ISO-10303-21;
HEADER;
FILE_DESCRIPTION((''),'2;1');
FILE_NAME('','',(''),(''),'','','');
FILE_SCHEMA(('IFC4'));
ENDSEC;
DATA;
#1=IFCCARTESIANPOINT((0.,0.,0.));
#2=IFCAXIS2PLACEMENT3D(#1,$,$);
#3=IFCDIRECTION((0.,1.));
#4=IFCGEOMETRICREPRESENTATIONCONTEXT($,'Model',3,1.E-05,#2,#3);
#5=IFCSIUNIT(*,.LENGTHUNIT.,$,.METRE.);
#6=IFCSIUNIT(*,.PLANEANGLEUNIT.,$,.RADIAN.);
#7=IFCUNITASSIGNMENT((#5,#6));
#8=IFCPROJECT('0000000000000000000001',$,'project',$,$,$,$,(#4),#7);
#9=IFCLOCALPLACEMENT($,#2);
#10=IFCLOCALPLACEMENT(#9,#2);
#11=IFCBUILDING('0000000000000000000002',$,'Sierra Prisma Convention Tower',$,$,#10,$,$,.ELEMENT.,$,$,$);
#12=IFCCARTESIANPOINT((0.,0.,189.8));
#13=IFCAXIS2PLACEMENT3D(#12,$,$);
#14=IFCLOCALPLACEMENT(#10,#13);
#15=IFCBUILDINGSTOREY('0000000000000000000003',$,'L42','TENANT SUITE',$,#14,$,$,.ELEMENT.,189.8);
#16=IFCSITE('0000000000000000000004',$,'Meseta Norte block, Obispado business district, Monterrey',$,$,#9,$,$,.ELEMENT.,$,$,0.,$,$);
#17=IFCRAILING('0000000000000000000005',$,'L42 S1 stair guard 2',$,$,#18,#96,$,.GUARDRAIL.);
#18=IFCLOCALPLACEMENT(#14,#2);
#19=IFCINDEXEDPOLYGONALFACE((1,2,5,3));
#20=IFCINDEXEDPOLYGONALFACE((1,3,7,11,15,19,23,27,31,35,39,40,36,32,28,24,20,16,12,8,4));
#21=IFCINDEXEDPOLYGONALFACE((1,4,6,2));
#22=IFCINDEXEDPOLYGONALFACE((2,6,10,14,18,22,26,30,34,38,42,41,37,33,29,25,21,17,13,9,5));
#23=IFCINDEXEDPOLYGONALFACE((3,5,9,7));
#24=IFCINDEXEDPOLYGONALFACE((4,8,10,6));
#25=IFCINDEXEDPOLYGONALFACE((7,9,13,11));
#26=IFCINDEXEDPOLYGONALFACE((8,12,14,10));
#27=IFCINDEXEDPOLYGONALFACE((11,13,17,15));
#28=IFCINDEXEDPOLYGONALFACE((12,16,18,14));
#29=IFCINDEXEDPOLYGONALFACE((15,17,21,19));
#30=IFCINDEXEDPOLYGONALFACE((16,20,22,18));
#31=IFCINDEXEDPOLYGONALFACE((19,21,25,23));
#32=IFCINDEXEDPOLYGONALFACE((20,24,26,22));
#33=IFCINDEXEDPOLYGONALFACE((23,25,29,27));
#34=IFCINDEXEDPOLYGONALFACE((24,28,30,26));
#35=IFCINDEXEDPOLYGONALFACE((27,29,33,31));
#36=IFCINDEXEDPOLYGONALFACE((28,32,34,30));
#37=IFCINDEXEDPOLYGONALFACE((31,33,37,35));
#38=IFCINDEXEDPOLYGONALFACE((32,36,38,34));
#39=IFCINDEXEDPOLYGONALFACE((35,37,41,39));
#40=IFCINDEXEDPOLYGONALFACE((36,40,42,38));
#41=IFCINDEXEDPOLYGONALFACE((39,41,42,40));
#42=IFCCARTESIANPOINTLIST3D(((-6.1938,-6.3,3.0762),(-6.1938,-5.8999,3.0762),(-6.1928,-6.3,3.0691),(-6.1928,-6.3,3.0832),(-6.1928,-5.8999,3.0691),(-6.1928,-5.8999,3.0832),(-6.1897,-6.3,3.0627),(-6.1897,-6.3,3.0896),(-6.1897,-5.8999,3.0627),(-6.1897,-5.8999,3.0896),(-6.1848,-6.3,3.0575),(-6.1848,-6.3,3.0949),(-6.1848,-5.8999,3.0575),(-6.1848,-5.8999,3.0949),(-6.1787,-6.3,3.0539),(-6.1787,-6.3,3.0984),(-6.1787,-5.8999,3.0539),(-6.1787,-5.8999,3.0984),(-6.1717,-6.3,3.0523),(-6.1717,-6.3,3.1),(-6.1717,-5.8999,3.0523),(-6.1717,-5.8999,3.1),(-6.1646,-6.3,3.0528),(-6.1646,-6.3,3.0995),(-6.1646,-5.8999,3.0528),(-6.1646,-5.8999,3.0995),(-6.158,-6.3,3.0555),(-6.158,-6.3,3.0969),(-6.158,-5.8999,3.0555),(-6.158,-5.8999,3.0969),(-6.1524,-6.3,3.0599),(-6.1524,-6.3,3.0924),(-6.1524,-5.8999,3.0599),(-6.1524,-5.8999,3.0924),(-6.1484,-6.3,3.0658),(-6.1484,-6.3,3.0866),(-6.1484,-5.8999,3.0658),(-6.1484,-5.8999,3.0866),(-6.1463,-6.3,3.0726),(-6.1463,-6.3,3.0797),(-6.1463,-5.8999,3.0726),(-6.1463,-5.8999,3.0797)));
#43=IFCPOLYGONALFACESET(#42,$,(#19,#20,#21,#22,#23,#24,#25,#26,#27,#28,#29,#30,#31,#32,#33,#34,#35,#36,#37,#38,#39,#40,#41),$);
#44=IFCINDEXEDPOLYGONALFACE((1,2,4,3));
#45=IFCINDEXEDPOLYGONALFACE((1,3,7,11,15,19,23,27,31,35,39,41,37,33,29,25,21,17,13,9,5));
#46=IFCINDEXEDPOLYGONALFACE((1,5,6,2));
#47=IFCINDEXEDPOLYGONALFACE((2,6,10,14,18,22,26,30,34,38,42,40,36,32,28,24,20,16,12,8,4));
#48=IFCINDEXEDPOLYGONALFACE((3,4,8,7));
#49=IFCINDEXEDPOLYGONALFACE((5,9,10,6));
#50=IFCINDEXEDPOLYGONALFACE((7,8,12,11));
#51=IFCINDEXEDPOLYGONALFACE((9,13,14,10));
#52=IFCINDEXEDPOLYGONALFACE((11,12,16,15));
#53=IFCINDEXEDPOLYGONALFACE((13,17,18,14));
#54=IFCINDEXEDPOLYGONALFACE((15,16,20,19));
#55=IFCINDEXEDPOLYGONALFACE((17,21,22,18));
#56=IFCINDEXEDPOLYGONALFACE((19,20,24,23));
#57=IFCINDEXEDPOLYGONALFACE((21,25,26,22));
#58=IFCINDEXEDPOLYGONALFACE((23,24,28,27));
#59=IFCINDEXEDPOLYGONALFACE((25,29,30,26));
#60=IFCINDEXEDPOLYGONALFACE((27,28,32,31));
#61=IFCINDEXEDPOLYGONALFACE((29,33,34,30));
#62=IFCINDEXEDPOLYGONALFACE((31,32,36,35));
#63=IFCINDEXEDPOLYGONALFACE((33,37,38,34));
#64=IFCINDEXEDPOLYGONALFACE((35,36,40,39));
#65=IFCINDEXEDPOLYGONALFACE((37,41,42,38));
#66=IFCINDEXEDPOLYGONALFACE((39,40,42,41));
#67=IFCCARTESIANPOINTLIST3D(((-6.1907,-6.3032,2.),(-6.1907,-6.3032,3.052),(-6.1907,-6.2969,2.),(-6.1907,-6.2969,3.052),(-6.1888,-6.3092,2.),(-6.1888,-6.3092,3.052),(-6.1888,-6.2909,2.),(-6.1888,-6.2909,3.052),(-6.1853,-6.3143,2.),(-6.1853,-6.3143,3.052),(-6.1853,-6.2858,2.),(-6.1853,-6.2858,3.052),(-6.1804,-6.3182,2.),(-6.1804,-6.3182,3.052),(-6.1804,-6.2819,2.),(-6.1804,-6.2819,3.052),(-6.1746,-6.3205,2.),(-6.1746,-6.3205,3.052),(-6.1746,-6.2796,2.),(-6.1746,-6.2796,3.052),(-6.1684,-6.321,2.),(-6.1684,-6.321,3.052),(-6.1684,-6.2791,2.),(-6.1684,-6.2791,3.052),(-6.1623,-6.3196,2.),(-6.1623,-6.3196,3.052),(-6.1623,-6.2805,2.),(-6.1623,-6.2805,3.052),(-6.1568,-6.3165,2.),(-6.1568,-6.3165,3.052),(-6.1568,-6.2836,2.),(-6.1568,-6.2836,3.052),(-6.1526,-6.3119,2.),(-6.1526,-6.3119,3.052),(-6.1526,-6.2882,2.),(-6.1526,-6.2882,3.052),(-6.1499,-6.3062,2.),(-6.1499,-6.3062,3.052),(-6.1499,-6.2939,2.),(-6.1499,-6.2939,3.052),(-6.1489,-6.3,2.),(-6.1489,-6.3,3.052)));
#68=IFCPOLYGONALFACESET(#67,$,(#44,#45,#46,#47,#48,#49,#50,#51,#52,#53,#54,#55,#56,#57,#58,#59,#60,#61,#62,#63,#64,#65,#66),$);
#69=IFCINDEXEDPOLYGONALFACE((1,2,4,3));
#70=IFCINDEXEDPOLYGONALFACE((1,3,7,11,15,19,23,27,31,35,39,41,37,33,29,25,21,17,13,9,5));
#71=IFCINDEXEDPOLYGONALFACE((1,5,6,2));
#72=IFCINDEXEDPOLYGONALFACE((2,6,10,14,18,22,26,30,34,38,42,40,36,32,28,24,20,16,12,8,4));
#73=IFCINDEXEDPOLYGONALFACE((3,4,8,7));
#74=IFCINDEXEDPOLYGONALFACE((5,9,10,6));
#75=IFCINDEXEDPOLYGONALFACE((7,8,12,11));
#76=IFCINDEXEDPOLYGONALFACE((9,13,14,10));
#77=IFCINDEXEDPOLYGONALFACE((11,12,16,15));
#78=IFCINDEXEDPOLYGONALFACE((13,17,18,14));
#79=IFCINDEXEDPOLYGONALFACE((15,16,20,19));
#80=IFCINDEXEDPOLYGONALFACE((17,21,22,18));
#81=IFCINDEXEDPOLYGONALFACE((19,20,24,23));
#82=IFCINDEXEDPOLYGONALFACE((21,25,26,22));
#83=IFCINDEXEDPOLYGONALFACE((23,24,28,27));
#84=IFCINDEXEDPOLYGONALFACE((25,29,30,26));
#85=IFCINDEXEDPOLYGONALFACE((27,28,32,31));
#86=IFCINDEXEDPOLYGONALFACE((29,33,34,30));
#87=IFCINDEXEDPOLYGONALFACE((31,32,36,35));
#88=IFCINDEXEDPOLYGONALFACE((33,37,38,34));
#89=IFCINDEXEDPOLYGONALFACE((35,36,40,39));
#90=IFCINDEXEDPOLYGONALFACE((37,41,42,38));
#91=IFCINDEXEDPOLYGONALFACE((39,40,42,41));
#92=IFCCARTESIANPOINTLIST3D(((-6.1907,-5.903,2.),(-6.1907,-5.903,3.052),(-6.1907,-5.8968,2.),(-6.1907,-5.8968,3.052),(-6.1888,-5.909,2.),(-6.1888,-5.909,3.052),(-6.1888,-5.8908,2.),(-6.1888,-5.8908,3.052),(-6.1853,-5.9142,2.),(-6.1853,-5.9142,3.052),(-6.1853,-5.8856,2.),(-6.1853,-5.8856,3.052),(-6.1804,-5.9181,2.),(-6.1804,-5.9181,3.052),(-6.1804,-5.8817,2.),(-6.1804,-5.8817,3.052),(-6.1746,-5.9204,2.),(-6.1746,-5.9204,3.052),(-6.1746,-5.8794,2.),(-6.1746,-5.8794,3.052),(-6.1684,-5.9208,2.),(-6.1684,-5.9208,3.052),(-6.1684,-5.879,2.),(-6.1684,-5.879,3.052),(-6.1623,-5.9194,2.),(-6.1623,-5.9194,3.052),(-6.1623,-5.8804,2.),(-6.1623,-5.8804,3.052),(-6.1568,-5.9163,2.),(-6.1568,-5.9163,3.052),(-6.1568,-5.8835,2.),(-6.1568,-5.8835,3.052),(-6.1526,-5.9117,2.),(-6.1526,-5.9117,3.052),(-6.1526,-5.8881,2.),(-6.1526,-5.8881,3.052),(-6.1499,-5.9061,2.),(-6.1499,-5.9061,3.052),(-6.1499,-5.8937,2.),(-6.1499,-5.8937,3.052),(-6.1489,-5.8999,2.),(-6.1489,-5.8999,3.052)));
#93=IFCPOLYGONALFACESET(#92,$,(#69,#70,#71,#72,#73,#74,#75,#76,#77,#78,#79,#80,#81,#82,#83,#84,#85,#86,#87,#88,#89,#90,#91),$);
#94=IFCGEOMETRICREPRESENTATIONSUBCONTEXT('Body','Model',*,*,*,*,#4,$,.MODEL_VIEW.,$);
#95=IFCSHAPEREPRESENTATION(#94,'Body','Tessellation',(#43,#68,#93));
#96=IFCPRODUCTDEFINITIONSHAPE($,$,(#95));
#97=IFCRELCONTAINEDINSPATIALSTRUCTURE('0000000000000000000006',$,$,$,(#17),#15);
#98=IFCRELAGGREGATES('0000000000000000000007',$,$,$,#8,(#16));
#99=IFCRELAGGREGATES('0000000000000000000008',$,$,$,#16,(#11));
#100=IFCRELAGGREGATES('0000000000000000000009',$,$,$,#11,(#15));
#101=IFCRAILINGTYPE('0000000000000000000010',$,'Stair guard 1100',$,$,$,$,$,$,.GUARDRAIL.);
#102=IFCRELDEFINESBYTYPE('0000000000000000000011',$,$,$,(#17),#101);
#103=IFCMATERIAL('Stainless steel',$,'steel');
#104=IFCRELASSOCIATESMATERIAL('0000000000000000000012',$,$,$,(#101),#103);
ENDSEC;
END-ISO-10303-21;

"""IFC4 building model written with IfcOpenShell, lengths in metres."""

from ifc_helpers import new_model, si_unit, direction, frame, origin, origin_2d, place, context, subcontext, project, spatial, circle, extrude, material, type_object, element, save


model = new_model("IFC4")

# Units and contexts
model_context = context("Model", 3, precision=1e-05, world=origin(), true_north=direction((0.0, 1.0)))
body_context = subcontext(model_context, "Body", "Model", "MODEL_VIEW")
ifc_project = project(units=[si_unit("LENGTHUNIT", "METRE"), si_unit("PLANEANGLEUNIT", "RADIAN")], contexts=[model_context])

# Site, building, storey
site_placement = place(None, origin())
site = spatial("IfcSite", under=ifc_project, at=site_placement, Name="Meseta Norte block, Obispado business district, Monterrey", CompositionType="ELEMENT", RefElevation=0.0)
building_placement = place(site_placement, origin())
building = spatial("IfcBuilding", under=site, at=building_placement, Name="Sierra Prisma Convention Tower", CompositionType="ELEMENT")
storey_placement = place(building_placement, frame((0.0, 0.0, 189.8)))
storey = spatial("IfcBuildingStorey", under=building, at=storey_placement, Name="L42", Description="TENANT SUITE", CompositionType="ELEMENT", Elevation=189.8)

# Railing
ifc_material_1 = material(Name="Stainless steel", Category="steel")
railing_type_1 = type_object("IfcRailingType", Name="Stair guard 1100", PredefinedType="GUARDRAIL", material=ifc_material_1)
railing_1_placement = place(storey_placement, frame((-6.1699, -6.3, 2.0)))
element("IfcRailing", 1, at=railing_1_placement, inside=storey, type_object=railing_type_1, Name="L42 S1 stair guard 2", PredefinedType="GUARDRAIL", context=body_context, shape_type="SweptSolid", body=[
    extrude(circle(Radius=0.0239, at=origin_2d()), frame((0.0, 0.0, 1.0762), z_axis=(0.0, 1.0, 0.0), x_axis=(-1.0, 0.0, 0.0)), (0.0, 0.0, 1.0), 0.4001),
    extrude(circle(Radius=0.021, at=origin_2d()), origin(), (0.0, 0.0, 1.0), 1.052),
    extrude(circle(Radius=0.021, at=origin_2d()), frame((0.0, 0.4001, 0.0)), (0.0, 0.0, 1.0), 1.052),
])

save(model, "model.ifc")
